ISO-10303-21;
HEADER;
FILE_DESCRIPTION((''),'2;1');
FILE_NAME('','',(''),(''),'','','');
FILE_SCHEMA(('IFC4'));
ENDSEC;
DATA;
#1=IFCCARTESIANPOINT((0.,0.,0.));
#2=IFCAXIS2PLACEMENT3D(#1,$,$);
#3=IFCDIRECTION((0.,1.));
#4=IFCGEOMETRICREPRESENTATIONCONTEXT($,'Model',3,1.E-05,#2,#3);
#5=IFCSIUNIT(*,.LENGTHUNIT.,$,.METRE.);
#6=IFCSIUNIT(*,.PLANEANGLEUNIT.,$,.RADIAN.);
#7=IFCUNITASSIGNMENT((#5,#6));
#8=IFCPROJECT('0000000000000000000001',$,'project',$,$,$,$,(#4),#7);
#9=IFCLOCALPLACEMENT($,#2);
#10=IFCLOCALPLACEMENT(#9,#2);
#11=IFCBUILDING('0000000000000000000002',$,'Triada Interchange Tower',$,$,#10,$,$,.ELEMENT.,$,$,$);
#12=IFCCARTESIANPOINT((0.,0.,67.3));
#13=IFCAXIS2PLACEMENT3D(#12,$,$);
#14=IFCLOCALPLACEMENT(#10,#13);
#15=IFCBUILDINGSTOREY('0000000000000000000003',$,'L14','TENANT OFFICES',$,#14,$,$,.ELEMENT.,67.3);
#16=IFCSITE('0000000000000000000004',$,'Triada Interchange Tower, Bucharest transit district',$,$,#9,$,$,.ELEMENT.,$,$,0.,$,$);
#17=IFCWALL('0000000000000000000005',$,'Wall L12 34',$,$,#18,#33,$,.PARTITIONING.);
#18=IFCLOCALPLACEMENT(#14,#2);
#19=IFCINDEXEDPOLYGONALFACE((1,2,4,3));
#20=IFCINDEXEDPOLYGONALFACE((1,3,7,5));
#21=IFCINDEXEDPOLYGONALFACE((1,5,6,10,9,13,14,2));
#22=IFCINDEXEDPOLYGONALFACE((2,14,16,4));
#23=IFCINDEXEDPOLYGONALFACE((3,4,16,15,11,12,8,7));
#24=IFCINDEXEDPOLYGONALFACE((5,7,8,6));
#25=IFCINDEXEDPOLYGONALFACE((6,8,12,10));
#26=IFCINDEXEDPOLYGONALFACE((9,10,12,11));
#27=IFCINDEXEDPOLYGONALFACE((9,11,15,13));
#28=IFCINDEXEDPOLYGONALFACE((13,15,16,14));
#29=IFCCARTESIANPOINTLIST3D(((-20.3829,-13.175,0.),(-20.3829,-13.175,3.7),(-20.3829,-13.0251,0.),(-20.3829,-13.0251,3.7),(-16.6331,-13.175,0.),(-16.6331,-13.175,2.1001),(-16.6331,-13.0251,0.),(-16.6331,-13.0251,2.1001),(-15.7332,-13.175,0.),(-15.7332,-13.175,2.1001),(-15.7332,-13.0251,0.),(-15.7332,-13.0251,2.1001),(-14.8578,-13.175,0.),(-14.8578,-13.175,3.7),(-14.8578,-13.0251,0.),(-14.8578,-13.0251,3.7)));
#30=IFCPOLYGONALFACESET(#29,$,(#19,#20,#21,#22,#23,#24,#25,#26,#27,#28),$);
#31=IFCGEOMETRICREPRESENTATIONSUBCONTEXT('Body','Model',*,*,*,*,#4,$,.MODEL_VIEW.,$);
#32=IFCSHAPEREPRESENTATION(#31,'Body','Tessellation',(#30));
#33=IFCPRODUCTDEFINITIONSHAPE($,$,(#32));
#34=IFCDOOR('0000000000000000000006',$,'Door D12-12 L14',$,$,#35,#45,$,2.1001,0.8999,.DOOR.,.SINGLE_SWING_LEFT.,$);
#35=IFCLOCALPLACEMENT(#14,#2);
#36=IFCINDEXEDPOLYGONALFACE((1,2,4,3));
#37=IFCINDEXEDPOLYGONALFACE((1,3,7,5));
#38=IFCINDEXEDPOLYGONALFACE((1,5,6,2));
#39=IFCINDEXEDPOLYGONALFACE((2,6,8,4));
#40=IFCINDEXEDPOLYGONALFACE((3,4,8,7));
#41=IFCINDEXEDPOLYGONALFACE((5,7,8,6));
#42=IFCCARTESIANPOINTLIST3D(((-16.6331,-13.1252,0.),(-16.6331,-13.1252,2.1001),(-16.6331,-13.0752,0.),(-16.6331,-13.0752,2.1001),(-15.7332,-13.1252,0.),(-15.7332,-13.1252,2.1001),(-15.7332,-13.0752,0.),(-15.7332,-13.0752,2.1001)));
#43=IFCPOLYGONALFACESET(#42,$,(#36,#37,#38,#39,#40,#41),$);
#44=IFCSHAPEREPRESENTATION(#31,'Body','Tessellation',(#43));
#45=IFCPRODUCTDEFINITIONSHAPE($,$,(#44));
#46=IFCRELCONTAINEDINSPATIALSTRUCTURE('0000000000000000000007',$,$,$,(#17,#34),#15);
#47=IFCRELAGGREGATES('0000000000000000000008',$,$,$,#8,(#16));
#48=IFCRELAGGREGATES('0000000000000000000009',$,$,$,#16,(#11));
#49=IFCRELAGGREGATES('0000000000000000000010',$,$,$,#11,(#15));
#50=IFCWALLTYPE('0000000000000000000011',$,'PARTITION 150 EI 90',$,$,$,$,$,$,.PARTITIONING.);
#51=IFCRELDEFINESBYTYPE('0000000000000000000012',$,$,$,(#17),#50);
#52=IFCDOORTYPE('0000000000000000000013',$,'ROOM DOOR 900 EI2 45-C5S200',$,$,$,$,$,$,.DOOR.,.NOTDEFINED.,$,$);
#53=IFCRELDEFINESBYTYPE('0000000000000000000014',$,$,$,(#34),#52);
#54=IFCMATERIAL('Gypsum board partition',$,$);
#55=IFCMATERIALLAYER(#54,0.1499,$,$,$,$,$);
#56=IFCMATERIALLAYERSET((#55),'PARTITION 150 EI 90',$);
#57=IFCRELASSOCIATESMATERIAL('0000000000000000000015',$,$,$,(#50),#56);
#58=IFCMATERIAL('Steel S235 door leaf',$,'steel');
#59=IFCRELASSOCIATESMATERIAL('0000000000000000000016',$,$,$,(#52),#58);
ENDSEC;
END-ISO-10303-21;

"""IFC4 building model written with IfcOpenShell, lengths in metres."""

from ifc_helpers import new_model, si_unit, direction, frame, frame_2d, origin, place, context, subcontext, project, spatial, rectangle, extrude, material, layer, layer_set, type_object, element, fill, save


model = new_model("IFC4")

# Units and contexts
model_context = context("Model", 3, precision=1e-05, world=origin(), true_north=direction((0.0, 1.0)))
body_context = subcontext(model_context, "Body", "Model", "MODEL_VIEW")
ifc_project = project(units=[si_unit("LENGTHUNIT", "METRE"), si_unit("PLANEANGLEUNIT", "RADIAN")], contexts=[model_context])

# Site, building, storey
site_placement = place(None, origin())
site = spatial("IfcSite", under=ifc_project, at=site_placement, Name="Triada Interchange Tower, Bucharest transit district", CompositionType="ELEMENT", RefElevation=0.0)
building_placement = place(site_placement, origin())
building = spatial("IfcBuilding", under=site, at=building_placement, Name="Triada Interchange Tower", CompositionType="ELEMENT")
storey_placement = place(building_placement, frame((0.0, 0.0, 67.3)))
storey = spatial("IfcBuildingStorey", under=building, at=storey_placement, Name="L14", Description="TENANT OFFICES", CompositionType="ELEMENT", Elevation=67.3)

# Shared definitions
ifc_material_1 = material(Name="Gypsum board partition")
ifc_material_2 = material(Name="Steel S235 door leaf", Category="steel")

# Wall, opening, door
ifc_layer_1 = layer(ifc_material_1, 0.1499)
ifc_layer_set_1 = layer_set([ifc_layer_1], Name="PARTITION 150 EI 90")
wall_type_1 = type_object("IfcWallType", Name="PARTITION 150 EI 90", PredefinedType="PARTITIONING", material=ifc_layer_set_1)
wall_1_placement = place(storey_placement, frame((-20.3831, -13.1001, 0.0), z_axis=(0.0, 0.0, 1.0), x_axis=(1.0, 0.0, 0.0)))
wall_1 = element("IfcWall", 1, at=wall_1_placement, inside=storey, type_object=wall_type_1, Name="Wall L12 34", PredefinedType="PARTITIONING", context=body_context, shape_type="SweptSolid", body=[
    extrude(rectangle(XDim=5.5251, YDim=0.1499, at=frame_2d((2.7627, 0.0))), origin(), (0.0, 0.0, 1.0), 3.7),
])
opening_1_placement = place(wall_1_placement, frame((3.75, 0.0, 0.0)))
opening_1 = element("IfcOpeningElement", 2, at=opening_1_placement, cuts=wall_1, PredefinedType="OPENING", context=body_context, shape_type="SweptSolid", body=[
    extrude(rectangle(XDim=0.8999, YDim=2.1001, at=frame_2d((0.45, 1.05))), frame((0.0, 0.085, 0.0), z_axis=(0.0, -1.0, 0.0), x_axis=(1.0, 0.0, 0.0)), (0.0, 0.0, 1.0), 0.1699),
])
door_type_1 = type_object("IfcDoorType", Name="ROOM DOOR 900 EI2 45-C5S200", OperationType="NOTDEFINED", PredefinedType="DOOR", material=ifc_material_2)
door_1_placement = place(opening_1_placement, origin())
door_1 = element("IfcDoor", 3, at=door_1_placement, inside=storey, type_object=door_type_1, Name="Door D12-12 L14", OperationType="SINGLE_SWING_LEFT", OverallHeight=2.1001, OverallWidth=0.8999, PredefinedType="DOOR", context=body_context, shape_type="SweptSolid", body=[
    extrude(rectangle(XDim=0.8999, YDim=2.1001, at=frame_2d((0.45, 1.05))), frame((0.0, 0.0249, 0.0), z_axis=(0.0, -1.0, 0.0), x_axis=(1.0, 0.0, 0.0)), (0.0, 0.0, 1.0), 0.05),
])
fill(opening_1, door_1)

save(model, "model.ifc")
